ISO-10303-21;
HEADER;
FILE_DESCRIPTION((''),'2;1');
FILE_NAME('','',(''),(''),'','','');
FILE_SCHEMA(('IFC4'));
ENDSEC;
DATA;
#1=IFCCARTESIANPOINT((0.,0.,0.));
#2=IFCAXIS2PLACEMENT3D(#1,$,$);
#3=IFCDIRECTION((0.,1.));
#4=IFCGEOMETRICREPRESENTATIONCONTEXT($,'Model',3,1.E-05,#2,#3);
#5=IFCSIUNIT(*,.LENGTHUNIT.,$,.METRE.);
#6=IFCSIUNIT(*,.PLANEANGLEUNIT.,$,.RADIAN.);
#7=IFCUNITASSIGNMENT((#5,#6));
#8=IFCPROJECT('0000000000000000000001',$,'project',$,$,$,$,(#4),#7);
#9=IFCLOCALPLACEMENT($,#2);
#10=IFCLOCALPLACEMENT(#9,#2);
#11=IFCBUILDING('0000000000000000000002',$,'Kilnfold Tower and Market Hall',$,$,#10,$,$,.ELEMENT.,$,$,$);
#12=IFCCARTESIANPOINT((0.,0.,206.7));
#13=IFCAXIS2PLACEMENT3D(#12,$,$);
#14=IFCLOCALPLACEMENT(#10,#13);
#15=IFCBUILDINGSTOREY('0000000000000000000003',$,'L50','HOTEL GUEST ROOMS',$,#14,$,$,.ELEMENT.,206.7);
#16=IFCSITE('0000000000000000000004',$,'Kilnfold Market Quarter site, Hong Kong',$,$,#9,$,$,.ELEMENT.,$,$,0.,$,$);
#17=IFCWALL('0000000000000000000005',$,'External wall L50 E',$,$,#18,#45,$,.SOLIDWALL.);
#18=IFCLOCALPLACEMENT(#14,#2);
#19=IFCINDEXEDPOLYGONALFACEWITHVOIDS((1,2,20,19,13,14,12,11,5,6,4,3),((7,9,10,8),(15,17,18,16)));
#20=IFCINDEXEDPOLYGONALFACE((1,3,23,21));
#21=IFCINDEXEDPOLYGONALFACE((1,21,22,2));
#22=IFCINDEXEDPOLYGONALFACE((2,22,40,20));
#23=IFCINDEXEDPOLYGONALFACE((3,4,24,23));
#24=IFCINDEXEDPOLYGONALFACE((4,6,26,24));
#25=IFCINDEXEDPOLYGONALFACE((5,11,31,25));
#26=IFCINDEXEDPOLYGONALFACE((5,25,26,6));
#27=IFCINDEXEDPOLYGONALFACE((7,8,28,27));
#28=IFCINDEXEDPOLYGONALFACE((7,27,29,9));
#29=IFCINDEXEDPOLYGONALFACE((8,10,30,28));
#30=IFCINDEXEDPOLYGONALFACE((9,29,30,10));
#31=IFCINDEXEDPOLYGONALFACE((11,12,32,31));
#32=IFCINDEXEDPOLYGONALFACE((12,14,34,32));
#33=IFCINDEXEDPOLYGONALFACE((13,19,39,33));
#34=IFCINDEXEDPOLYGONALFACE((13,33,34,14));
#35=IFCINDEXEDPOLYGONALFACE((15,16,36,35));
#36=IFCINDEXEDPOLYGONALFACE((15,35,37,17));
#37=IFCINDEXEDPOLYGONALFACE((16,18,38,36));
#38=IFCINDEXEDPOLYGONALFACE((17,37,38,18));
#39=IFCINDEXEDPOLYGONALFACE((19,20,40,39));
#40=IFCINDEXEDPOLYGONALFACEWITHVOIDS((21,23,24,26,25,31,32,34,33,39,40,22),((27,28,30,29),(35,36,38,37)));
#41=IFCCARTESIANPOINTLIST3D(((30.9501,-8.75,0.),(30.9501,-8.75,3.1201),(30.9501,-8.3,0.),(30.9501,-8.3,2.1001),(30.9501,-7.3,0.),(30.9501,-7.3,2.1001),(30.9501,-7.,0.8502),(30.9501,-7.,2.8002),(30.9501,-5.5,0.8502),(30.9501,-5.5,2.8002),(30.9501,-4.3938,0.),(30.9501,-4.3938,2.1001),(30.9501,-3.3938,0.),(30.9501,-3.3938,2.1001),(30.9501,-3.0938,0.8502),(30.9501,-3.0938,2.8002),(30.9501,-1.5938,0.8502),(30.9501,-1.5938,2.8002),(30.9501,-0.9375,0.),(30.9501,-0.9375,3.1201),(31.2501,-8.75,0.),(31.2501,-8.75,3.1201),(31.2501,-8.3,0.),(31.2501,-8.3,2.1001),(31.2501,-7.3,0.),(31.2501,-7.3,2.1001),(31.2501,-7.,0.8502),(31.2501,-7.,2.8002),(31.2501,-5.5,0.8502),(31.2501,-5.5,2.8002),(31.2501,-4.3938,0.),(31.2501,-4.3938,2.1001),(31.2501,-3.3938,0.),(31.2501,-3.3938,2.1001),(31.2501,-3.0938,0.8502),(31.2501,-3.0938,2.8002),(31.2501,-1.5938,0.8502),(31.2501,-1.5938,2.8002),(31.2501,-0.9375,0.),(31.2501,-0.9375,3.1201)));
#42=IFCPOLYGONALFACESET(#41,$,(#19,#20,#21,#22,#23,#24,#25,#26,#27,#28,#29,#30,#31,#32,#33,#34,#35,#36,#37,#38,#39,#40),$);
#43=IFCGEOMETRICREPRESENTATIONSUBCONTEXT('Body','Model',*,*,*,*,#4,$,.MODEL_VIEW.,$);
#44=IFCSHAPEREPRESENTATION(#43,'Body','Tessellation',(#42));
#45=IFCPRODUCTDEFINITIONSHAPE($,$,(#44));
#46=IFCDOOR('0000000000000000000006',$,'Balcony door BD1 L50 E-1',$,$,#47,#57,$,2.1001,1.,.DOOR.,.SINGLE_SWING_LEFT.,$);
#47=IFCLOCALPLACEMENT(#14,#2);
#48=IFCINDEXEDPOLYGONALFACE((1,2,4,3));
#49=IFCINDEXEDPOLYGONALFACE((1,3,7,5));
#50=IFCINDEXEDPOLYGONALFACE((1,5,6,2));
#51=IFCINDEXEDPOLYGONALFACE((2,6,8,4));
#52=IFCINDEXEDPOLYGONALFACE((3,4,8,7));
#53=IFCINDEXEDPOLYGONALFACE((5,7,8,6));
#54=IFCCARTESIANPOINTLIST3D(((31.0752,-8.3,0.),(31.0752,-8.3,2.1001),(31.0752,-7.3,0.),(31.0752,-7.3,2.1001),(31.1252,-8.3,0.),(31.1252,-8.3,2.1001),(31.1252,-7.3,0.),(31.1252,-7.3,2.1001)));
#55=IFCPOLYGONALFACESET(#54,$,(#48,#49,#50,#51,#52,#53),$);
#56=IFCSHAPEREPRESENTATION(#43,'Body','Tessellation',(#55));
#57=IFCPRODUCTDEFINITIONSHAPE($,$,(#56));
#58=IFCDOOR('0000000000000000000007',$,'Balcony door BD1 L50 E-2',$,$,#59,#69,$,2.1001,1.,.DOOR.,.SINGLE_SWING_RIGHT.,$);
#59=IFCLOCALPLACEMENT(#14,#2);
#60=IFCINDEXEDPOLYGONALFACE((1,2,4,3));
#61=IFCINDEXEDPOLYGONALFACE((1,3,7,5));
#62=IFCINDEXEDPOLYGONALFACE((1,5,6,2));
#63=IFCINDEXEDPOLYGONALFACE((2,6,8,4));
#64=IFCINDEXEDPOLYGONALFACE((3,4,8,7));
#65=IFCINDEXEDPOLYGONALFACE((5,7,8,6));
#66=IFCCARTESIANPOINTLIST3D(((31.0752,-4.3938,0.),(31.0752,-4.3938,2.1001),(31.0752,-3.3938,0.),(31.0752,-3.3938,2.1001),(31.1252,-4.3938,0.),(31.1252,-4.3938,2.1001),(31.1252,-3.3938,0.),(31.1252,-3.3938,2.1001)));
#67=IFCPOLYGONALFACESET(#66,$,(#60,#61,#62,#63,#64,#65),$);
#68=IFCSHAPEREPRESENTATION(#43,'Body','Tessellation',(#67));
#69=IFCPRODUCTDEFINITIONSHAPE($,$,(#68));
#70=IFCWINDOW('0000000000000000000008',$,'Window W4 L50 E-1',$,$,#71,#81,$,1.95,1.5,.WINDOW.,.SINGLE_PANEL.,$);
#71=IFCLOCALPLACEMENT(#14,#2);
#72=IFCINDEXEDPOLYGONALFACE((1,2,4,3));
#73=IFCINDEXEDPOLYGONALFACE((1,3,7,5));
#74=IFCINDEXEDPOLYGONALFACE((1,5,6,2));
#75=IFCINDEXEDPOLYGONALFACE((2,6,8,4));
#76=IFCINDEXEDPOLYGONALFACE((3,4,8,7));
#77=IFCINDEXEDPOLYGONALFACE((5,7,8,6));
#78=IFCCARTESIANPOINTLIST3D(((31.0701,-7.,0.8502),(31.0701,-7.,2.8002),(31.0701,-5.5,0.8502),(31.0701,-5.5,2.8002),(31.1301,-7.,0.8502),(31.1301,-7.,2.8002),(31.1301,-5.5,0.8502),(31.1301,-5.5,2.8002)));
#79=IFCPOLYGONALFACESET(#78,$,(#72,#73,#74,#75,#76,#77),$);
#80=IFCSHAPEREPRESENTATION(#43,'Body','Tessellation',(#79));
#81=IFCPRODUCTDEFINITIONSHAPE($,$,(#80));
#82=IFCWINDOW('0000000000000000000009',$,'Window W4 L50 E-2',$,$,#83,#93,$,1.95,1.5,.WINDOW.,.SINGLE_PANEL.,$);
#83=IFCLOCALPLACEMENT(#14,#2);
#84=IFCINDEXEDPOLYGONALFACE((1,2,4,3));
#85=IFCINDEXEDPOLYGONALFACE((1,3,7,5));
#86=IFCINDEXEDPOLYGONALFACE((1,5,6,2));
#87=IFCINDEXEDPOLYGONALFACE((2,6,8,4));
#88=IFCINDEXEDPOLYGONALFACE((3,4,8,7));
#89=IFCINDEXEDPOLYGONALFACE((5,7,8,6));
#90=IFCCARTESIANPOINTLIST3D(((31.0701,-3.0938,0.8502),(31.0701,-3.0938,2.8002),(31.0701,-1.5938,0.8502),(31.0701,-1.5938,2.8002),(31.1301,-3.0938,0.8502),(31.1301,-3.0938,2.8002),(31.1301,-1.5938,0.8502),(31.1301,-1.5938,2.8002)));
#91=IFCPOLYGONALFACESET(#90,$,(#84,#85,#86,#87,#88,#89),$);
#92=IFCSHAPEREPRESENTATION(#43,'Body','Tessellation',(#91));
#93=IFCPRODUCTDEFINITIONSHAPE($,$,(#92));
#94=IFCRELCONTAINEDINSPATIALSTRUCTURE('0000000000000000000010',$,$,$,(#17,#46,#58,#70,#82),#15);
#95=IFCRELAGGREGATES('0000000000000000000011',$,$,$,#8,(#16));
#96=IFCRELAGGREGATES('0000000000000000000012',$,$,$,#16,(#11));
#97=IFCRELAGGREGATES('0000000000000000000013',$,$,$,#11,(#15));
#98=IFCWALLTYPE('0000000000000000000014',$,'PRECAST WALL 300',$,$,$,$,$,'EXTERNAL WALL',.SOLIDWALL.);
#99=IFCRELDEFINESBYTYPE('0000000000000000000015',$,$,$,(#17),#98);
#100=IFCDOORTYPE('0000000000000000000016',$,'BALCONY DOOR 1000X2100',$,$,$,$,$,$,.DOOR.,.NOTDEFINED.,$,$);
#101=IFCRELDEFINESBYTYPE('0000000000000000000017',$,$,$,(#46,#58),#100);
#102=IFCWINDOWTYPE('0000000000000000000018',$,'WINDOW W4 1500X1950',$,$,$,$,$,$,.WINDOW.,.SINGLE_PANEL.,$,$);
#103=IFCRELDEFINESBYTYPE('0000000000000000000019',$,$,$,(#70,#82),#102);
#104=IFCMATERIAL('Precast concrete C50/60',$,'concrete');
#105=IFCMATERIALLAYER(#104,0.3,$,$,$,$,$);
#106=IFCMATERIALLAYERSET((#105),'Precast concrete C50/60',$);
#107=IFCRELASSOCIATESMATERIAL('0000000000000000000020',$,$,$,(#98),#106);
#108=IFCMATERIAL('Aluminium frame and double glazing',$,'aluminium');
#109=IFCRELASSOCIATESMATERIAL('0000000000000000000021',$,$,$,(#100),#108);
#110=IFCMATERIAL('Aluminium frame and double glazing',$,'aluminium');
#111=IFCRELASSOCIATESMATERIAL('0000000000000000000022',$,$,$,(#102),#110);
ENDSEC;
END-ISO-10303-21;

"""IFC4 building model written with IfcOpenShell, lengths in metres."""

from ifc_helpers import new_model, si_unit, direction, frame, frame_2d, origin, place, context, subcontext, project, spatial, rectangle, extrude, source, transform, mapped, material, layer, layer_set, type_object, element, fill, save


model = new_model("IFC4")

# Units and contexts
model_context = context("Model", 3, precision=1e-05, world=origin(), true_north=direction((0.0, 1.0)))
body_context = subcontext(model_context, "Body", "Model", "MODEL_VIEW")
ifc_project = project(units=[si_unit("LENGTHUNIT", "METRE"), si_unit("PLANEANGLEUNIT", "RADIAN")], contexts=[model_context])

# Site, building, storey
site_placement = place(None, origin())
site = spatial("IfcSite", under=ifc_project, at=site_placement, Name="Kilnfold Market Quarter site, Hong Kong", CompositionType="ELEMENT", RefElevation=0.0)
building_placement = place(site_placement, origin())
building = spatial("IfcBuilding", under=site, at=building_placement, Name="Kilnfold Tower and Market Hall", CompositionType="ELEMENT")
storey_placement = place(building_placement, frame((0.0, 0.0, 206.7)))
storey = spatial("IfcBuildingStorey", under=building, at=storey_placement, Name="L50", Description="HOTEL GUEST ROOMS", CompositionType="ELEMENT", Elevation=206.7)

# Wall, openings, doors, windows
ifc_material_1 = material(Name="Precast concrete C50/60", Category="concrete")
ifc_layer_1 = layer(ifc_material_1, 0.3)
ifc_layer_set_1 = layer_set([ifc_layer_1], Name="Precast concrete C50/60")
wall_type_1 = type_object("IfcWallType", Name="PRECAST WALL 300", ElementType="EXTERNAL WALL", PredefinedType="SOLIDWALL", material=ifc_layer_set_1)
shared_shape_1 = source(origin(), body_context, "Body", "SweptSolid", [
    extrude(rectangle(XDim=7.8125, YDim=0.3, at=frame_2d((3.9062, 0.0))), origin(), (0.0, 0.0, 1.0), 3.1201),
])
wall_1_placement = place(storey_placement, frame((31.1001, -8.75, 0.0), z_axis=(0.0, 0.0, 1.0), x_axis=(0.0, 1.0, 0.0)))
wall_1 = element("IfcWall", 1, at=wall_1_placement, inside=storey, type_object=wall_type_1, Name="External wall L50 E", PredefinedType="SOLIDWALL", context=body_context, shape_type="MappedRepresentation", body=[
    mapped(shared_shape_1, transform((0.0, 0.0, 0.0))),
])
opening_1_placement = place(wall_1_placement, frame((1.75, 0.0, 0.8501)))
opening_1 = element("IfcOpeningElement", 2, at=opening_1_placement, cuts=wall_1, PredefinedType="OPENING", context=body_context, shape_type="SweptSolid", body=[
    extrude(rectangle(XDim=1.5, YDim=1.95, at=frame_2d((0.75, 0.9751))), frame((0.0, 0.1602, 0.0), z_axis=(0.0, -1.0, 0.0), x_axis=(1.0, 0.0, 0.0)), (0.0, 0.0, 1.0), 0.3201),
])
opening_2_placement = place(wall_1_placement, frame((0.45, 0.0, 0.0)))
opening_2 = element("IfcOpeningElement", 3, at=opening_2_placement, cuts=wall_1, PredefinedType="OPENING", context=body_context, shape_type="SweptSolid", body=[
    extrude(rectangle(XDim=1.0, YDim=2.1001, at=frame_2d((0.5, 1.05))), frame((0.0, 0.1602, 0.0), z_axis=(0.0, -1.0, 0.0), x_axis=(1.0, 0.0, 0.0)), (0.0, 0.0, 1.0), 0.3201),
])
opening_3_placement = place(wall_1_placement, frame((5.6562, 0.0, 0.8501)))
opening_3 = element("IfcOpeningElement", 4, at=opening_3_placement, cuts=wall_1, PredefinedType="OPENING", context=body_context, shape_type="SweptSolid", body=[
    extrude(rectangle(XDim=1.5, YDim=1.95, at=frame_2d((0.75, 0.9751))), frame((0.0, 0.1602, 0.0), z_axis=(0.0, -1.0, 0.0), x_axis=(1.0, 0.0, 0.0)), (0.0, 0.0, 1.0), 0.3201),
])
opening_4_placement = place(wall_1_placement, frame((4.3562, 0.0, 0.0)))
opening_4 = element("IfcOpeningElement", 5, at=opening_4_placement, cuts=wall_1, PredefinedType="OPENING", context=body_context, shape_type="SweptSolid", body=[
    extrude(rectangle(XDim=1.0, YDim=2.1001, at=frame_2d((0.5, 1.05))), frame((0.0, 0.1602, 0.0), z_axis=(0.0, -1.0, 0.0), x_axis=(1.0, 0.0, 0.0)), (0.0, 0.0, 1.0), 0.3201),
])
ifc_material_2 = material(Name="Aluminium frame and double glazing", Category="aluminium")
door_type_1 = type_object("IfcDoorType", Name="BALCONY DOOR 1000X2100", OperationType="NOTDEFINED", PredefinedType="DOOR", material=ifc_material_2)
door_1_placement = place(opening_2_placement, origin())
door_1 = element("IfcDoor", 6, at=door_1_placement, inside=storey, type_object=door_type_1, Name="Balcony door BD1 L50 E-1", OperationType="SINGLE_SWING_LEFT", OverallHeight=2.1001, OverallWidth=1.0, PredefinedType="DOOR", context=body_context, shape_type="SweptSolid", body=[
    extrude(rectangle(XDim=1.0, YDim=2.1001, at=frame_2d((0.5, 1.05))), frame((0.0, 0.0249, 0.0), z_axis=(0.0, -1.0, 0.0), x_axis=(1.0, 0.0, 0.0)), (0.0, 0.0, 1.0), 0.05),
])
fill(opening_2, door_1)
door_2_placement = place(opening_4_placement, origin())
door_2 = element("IfcDoor", 7, at=door_2_placement, inside=storey, type_object=door_type_1, Name="Balcony door BD1 L50 E-2", OperationType="SINGLE_SWING_RIGHT", OverallHeight=2.1001, OverallWidth=1.0, PredefinedType="DOOR", context=body_context, shape_type="SweptSolid", body=[
    extrude(rectangle(XDim=1.0, YDim=2.1001, at=frame_2d((0.5, 1.05))), frame((0.0, 0.0249, 0.0), z_axis=(0.0, -1.0, 0.0), x_axis=(1.0, 0.0, 0.0)), (0.0, 0.0, 1.0), 0.05),
])
fill(opening_4, door_2)
ifc_material_3 = material(Name="Aluminium frame and double glazing", Category="aluminium")
window_type = type_object("IfcWindowType", Name="WINDOW W4 1500X1950", PartitioningType="SINGLE_PANEL", PredefinedType="WINDOW", material=ifc_material_3)
window_1_placement = place(opening_1_placement, origin())
window_1 = element("IfcWindow", 8, at=window_1_placement, inside=storey, type_object=window_type, Name="Window W4 L50 E-1", OverallHeight=1.95, OverallWidth=1.5, PartitioningType="SINGLE_PANEL", PredefinedType="WINDOW", context=body_context, shape_type="SweptSolid", body=[
    extrude(rectangle(XDim=1.5, YDim=1.95, at=frame_2d((0.75, 0.9751))), frame((0.0, 0.03, 0.0), z_axis=(0.0, -1.0, 0.0), x_axis=(1.0, 0.0, 0.0)), (0.0, 0.0, 1.0), 0.0601),
])
fill(opening_1, window_1)
window_2_placement = place(opening_3_placement, origin())
window_2 = element("IfcWindow", 9, at=window_2_placement, inside=storey, type_object=window_type, Name="Window W4 L50 E-2", OverallHeight=1.95, OverallWidth=1.5, PartitioningType="SINGLE_PANEL", PredefinedType="WINDOW", context=body_context, shape_type="SweptSolid", body=[
    extrude(rectangle(XDim=1.5, YDim=1.95, at=frame_2d((0.75, 0.9751))), frame((0.0, 0.03, 0.0), z_axis=(0.0, -1.0, 0.0), x_axis=(1.0, 0.0, 0.0)), (0.0, 0.0, 1.0), 0.0601),
])
fill(opening_3, window_2)

save(model, "model.ifc")
